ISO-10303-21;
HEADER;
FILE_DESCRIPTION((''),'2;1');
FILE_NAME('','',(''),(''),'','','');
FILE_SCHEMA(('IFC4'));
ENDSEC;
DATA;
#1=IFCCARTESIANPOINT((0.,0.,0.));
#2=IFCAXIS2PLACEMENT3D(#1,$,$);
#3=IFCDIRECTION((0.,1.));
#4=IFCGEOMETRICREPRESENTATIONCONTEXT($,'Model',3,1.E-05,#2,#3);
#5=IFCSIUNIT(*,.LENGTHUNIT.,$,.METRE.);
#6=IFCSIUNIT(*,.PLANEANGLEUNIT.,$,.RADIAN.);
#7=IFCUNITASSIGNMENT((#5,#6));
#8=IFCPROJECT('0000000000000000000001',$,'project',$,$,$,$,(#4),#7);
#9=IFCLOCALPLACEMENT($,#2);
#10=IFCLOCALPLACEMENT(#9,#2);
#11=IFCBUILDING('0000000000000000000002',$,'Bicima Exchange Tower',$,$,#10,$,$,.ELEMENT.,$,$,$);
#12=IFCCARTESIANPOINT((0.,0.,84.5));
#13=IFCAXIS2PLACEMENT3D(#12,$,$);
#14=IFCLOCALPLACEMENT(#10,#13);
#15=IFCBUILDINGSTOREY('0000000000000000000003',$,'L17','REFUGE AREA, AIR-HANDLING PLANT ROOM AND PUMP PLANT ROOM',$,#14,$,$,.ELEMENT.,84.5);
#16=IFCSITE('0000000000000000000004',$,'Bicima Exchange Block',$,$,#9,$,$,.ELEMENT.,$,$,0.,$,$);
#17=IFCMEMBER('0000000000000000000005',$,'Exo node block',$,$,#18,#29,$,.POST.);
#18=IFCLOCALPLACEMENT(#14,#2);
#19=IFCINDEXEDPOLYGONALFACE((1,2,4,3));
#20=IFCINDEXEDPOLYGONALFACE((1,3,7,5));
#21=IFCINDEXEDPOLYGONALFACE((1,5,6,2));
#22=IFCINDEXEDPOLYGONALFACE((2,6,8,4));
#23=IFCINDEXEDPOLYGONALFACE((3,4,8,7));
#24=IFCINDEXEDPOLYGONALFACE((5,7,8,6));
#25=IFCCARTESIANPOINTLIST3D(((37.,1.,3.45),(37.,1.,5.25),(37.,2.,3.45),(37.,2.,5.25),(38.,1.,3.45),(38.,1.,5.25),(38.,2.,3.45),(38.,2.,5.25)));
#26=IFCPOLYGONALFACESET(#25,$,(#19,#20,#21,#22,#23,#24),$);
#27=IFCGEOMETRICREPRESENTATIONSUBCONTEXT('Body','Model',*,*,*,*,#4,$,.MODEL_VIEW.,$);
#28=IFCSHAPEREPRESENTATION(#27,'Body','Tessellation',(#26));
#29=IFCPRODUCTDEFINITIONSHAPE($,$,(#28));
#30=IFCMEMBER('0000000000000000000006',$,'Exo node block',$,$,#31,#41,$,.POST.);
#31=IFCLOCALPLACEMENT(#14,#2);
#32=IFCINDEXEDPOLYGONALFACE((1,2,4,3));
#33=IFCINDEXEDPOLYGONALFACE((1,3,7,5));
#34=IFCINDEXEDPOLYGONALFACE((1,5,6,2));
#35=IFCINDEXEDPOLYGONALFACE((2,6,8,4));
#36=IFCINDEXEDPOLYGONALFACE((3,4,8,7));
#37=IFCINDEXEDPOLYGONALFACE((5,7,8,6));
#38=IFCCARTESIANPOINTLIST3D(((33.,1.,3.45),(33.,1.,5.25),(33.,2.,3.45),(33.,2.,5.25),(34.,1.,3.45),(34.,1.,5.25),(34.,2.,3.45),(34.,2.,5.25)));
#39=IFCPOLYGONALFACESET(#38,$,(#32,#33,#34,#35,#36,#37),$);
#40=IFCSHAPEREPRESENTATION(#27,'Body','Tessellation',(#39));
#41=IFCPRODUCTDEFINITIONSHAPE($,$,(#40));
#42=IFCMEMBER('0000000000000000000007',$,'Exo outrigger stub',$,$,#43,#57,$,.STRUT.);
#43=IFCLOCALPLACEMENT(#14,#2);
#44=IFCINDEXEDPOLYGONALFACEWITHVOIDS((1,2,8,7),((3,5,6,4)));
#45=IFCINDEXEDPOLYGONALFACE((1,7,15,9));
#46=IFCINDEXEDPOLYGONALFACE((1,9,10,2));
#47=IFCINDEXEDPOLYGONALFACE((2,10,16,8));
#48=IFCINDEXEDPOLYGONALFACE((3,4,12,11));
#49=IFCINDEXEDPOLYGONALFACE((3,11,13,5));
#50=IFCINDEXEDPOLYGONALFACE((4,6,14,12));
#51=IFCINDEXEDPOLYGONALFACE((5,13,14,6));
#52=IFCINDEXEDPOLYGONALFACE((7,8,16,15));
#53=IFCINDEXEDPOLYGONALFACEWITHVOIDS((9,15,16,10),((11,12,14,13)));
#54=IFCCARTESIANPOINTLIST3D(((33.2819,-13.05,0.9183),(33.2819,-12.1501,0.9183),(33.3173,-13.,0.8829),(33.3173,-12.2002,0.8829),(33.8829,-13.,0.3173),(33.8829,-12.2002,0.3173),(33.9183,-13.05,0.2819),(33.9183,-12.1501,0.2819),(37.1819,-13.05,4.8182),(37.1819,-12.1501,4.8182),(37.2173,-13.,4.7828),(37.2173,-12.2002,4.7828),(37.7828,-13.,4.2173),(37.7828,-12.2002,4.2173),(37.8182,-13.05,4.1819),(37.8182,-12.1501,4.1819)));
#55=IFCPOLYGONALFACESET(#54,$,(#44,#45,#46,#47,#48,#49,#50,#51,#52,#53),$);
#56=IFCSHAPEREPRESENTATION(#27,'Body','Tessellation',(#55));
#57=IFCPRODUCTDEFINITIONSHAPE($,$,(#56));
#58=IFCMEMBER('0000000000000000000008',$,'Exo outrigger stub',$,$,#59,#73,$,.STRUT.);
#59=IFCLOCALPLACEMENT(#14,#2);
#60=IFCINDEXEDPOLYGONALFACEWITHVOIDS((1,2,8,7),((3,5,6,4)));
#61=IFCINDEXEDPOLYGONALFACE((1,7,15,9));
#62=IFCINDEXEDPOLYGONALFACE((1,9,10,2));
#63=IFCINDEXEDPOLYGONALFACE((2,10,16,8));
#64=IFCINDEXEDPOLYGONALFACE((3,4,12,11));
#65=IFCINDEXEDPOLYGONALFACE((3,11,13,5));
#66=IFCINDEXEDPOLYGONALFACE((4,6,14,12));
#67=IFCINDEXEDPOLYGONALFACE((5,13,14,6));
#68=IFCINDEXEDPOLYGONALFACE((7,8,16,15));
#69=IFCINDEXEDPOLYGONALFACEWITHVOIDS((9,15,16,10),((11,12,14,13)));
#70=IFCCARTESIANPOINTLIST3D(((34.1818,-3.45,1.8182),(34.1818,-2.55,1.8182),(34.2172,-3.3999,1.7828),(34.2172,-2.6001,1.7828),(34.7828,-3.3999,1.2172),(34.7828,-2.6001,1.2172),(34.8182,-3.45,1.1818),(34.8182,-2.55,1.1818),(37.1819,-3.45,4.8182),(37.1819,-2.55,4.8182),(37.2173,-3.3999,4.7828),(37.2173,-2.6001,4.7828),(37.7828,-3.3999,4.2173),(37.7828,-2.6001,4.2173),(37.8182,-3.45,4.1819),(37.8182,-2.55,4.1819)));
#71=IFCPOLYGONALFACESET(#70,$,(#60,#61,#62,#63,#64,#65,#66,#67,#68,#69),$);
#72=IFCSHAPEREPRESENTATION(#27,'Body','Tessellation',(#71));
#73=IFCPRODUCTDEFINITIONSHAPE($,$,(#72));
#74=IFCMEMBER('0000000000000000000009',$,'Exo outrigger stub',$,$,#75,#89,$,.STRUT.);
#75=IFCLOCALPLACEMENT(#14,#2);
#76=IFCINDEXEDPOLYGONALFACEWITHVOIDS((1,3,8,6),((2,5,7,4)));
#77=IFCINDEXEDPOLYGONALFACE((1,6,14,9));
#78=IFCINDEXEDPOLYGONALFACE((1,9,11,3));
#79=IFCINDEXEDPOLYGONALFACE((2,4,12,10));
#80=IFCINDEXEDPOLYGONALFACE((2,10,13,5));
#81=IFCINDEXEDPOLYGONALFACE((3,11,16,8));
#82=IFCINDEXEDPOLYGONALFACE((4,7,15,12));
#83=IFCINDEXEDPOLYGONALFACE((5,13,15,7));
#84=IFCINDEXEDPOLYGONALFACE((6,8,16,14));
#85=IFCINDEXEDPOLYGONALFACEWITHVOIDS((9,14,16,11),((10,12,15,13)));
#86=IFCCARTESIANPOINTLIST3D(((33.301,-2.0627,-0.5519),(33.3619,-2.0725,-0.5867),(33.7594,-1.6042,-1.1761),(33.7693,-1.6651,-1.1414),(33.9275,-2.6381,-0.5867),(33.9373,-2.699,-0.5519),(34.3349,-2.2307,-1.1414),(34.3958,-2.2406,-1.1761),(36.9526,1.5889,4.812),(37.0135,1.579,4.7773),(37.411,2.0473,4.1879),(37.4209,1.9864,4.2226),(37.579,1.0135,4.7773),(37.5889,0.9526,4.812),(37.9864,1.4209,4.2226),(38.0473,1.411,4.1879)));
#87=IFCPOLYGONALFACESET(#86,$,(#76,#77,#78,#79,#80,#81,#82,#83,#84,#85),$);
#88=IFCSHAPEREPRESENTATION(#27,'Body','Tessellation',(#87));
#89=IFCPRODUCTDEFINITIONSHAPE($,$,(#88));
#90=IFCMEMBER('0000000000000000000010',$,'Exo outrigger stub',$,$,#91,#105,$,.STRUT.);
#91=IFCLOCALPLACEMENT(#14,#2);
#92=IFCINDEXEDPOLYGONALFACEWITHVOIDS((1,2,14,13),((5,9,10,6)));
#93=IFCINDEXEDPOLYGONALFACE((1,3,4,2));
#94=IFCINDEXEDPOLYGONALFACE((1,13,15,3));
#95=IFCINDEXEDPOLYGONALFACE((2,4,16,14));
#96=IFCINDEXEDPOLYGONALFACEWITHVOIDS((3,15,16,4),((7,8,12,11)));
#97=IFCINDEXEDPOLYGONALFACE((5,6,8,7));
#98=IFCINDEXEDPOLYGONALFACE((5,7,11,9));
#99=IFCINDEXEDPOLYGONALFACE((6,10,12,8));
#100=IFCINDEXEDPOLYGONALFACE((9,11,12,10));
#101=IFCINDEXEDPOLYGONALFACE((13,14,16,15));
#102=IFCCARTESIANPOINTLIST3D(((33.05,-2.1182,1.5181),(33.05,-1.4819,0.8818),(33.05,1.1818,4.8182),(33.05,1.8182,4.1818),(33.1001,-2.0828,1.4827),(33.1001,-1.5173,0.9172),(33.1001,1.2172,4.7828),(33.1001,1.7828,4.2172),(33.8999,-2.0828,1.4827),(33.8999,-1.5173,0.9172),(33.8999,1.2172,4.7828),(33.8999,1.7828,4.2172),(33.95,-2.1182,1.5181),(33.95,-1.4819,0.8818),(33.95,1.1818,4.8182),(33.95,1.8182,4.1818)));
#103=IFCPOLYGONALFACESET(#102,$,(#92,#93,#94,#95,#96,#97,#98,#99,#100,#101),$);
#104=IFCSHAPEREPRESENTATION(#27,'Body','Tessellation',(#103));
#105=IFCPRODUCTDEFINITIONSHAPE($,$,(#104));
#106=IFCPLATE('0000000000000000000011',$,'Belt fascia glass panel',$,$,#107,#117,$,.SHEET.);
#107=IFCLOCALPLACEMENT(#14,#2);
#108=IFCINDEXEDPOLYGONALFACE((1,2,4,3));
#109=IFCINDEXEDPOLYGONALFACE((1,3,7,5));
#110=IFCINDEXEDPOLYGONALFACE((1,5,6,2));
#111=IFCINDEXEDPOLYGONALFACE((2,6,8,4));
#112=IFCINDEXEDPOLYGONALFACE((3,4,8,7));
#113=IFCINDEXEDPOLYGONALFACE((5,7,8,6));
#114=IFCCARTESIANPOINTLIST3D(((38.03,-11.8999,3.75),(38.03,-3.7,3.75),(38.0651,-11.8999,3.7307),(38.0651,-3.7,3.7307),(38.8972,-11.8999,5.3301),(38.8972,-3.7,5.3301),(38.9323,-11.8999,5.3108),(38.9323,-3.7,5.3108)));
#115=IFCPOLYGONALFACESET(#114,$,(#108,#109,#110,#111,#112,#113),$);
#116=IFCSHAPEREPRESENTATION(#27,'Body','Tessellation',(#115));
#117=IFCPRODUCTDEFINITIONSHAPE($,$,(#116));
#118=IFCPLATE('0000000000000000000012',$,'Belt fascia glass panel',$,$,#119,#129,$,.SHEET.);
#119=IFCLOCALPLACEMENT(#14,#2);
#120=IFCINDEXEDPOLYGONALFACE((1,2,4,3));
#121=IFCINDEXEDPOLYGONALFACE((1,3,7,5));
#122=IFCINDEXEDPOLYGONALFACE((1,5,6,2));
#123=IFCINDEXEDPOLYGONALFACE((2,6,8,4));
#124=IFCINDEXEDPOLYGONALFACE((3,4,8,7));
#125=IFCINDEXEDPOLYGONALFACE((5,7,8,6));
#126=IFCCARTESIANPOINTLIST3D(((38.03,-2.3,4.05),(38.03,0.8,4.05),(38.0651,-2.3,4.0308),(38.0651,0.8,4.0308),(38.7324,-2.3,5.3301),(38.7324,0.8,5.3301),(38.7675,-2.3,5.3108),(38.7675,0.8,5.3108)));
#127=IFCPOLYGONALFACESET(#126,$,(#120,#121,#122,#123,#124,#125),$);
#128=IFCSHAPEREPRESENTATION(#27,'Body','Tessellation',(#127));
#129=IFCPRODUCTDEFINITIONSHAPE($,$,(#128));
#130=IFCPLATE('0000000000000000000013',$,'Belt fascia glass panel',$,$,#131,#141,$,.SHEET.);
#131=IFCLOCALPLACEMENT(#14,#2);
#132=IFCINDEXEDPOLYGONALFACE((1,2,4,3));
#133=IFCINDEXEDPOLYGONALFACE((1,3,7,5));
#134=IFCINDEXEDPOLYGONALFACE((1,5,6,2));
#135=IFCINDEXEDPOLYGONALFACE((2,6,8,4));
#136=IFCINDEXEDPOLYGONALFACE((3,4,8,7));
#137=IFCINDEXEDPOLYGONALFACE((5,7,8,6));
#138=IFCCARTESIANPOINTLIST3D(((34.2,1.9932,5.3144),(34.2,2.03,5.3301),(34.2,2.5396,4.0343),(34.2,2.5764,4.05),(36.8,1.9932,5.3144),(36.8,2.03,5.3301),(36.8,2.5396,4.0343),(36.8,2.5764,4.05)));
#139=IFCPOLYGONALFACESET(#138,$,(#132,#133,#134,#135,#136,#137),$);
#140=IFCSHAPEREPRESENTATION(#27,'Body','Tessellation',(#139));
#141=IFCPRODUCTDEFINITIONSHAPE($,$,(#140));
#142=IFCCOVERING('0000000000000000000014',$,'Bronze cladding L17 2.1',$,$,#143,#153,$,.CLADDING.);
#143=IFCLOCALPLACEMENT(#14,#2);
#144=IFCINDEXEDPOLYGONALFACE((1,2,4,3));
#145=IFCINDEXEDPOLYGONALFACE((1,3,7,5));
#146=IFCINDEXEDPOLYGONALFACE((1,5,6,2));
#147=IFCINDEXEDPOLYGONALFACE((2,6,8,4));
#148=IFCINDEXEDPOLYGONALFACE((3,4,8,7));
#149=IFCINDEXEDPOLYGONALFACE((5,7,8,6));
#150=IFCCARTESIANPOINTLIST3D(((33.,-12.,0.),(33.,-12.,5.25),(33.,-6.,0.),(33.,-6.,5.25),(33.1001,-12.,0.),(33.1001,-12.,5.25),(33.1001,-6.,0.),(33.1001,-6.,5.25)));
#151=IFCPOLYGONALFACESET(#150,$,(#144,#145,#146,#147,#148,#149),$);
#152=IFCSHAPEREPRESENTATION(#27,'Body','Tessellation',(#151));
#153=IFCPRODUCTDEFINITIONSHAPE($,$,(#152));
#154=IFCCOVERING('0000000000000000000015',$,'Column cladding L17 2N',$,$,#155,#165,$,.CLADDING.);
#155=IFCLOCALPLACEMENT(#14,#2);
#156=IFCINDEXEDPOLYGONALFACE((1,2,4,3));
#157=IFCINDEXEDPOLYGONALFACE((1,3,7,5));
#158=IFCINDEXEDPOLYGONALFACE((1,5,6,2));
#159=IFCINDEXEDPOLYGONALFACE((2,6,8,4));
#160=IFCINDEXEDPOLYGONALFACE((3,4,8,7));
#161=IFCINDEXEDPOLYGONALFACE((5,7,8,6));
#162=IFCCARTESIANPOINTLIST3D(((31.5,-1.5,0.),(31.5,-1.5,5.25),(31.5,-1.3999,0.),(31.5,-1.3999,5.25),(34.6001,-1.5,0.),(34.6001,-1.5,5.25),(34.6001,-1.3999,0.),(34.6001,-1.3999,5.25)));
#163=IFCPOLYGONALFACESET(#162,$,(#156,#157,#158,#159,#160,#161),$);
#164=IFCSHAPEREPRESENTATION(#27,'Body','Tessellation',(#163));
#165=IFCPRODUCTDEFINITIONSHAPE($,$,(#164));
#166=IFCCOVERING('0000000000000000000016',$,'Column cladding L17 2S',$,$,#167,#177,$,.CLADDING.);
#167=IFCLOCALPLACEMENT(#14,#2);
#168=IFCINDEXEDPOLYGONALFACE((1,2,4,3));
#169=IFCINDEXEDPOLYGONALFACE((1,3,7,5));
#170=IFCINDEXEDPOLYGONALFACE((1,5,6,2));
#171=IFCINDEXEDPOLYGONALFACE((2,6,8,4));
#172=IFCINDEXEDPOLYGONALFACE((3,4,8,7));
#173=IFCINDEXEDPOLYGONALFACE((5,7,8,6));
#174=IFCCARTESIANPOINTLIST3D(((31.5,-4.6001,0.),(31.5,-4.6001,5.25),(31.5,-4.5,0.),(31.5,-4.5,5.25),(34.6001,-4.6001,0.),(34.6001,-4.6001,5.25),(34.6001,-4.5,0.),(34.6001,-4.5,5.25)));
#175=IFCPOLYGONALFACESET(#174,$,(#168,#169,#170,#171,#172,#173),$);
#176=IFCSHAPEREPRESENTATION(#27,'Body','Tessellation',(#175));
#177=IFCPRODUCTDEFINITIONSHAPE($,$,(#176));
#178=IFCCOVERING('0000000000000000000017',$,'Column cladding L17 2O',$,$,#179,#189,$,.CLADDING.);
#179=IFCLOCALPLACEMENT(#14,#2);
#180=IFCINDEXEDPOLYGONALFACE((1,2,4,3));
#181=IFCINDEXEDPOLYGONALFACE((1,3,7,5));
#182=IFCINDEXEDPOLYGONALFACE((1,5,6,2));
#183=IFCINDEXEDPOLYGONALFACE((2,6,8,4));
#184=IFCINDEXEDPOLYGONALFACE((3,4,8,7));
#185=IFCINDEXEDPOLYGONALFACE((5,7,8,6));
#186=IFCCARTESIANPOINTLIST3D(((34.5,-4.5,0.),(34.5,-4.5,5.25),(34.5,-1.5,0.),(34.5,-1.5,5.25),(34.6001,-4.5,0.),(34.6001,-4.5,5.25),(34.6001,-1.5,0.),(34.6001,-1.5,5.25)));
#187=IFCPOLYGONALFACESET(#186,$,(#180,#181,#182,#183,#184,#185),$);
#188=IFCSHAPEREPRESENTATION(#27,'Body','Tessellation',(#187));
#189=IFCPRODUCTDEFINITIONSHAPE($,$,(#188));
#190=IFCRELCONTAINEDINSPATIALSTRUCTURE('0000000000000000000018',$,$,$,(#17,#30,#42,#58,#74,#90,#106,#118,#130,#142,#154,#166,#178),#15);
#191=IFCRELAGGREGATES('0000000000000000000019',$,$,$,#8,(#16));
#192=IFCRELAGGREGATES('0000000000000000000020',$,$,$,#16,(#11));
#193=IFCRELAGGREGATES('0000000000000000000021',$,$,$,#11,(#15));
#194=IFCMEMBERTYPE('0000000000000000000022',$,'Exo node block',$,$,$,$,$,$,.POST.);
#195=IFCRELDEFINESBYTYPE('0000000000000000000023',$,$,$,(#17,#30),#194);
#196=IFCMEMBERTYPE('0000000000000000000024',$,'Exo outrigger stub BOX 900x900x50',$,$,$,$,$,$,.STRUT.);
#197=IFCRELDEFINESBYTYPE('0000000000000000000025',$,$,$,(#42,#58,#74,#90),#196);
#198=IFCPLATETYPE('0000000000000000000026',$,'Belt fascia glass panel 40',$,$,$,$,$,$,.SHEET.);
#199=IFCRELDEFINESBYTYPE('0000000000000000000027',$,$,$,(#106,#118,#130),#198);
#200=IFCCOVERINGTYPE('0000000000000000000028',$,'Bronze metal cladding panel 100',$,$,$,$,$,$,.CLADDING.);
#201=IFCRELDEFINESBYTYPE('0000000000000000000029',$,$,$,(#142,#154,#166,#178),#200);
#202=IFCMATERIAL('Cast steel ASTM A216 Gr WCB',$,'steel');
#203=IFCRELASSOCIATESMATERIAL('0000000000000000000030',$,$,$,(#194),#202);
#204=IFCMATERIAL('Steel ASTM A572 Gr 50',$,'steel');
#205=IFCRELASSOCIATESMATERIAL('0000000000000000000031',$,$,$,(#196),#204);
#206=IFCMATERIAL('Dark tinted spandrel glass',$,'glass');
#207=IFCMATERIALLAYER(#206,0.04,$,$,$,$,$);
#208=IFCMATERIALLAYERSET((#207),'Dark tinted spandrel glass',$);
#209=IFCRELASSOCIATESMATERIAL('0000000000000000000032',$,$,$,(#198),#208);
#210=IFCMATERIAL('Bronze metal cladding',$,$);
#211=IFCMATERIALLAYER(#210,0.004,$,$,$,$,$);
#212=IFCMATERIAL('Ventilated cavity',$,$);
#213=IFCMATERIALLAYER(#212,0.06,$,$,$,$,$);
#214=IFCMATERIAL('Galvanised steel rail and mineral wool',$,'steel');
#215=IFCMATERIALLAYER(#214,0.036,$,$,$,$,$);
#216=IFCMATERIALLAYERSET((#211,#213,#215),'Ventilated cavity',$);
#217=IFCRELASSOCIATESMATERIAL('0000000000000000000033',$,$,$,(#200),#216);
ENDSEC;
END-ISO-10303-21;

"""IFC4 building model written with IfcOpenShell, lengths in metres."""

from ifc_helpers import new_model, si_unit, direction, frame, origin, origin_2d, place, context, subcontext, project, spatial, polyline, rectangle, hollow_rectangle, outline, extrude, material, layer, layer_set, material_profile, profile_set, type_object, element, save


model = new_model("IFC4")

# Units and contexts
model_context = context("Model", 3, precision=1e-05, world=origin(), true_north=direction((0.0, 1.0)))
body_context = subcontext(model_context, "Body", "Model", "MODEL_VIEW")
ifc_project = project(units=[si_unit("LENGTHUNIT", "METRE"), si_unit("PLANEANGLEUNIT", "RADIAN")], contexts=[model_context])

# Site, building, storey
site_placement = place(None, origin())
site = spatial("IfcSite", under=ifc_project, at=site_placement, Name="Bicima Exchange Block", CompositionType="ELEMENT", RefElevation=0.0)
building_placement = place(site_placement, origin())
building = spatial("IfcBuilding", under=site, at=building_placement, Name="Bicima Exchange Tower", CompositionType="ELEMENT")
storey_placement = place(building_placement, frame((0.0, 0.0, 84.5)))
storey = spatial("IfcBuildingStorey", under=building, at=storey_placement, Name="L17", Description="REFUGE AREA, AIR-HANDLING PLANT ROOM AND PUMP PLANT ROOM", CompositionType="ELEMENT", Elevation=84.5)

# Shared definitions
ifc_material_1 = material(Name="Steel ASTM A572 Gr 50", Category="steel")

# Members
ifc_material_2 = material(Name="Cast steel ASTM A216 Gr WCB", Category="steel")
ifc_material_profile_1 = material_profile(ifc_material_2, rectangle(XDim=1.0, YDim=1.0, at=origin_2d()))
ifc_profile_set_1 = profile_set([ifc_material_profile_1], Name="Cast steel ASTM A216 Gr WCB")
member_type_1 = type_object("IfcMemberType", Name="Exo node block", PredefinedType="POST", material=ifc_profile_set_1)
for number, where, z_axis, x_axis, name in (
    (1, (37.5, 1.5, 3.45), (0.0, 0.0, 1.0), (1.0, 0.0, 0.0), "Exo node block"),
    (2, (33.5, 1.5, 3.45), (0.0, 0.0, 1.0), (1.0, 0.0, 0.0), "Exo node block"),
):
    element("IfcMember", number, at=place(storey_placement, frame(where, z_axis=z_axis, x_axis=x_axis)), inside=storey, type_object=member_type_1, Name=name, PredefinedType="POST", context=body_context, shape_type="SweptSolid", body=[
        extrude(rectangle(XDim=1.0, YDim=1.0, at=origin_2d()), origin(), (0.0, 0.0, 1.0), 1.8),
    ])
ifc_material_profile_2 = material_profile(ifc_material_1, hollow_rectangle(XDim=0.8999, YDim=0.8999, WallThickness=0.05, at=origin_2d()))
ifc_profile_set_2 = profile_set([ifc_material_profile_2], Name="Steel ASTM A572 Gr 50")
member_type_2 = type_object("IfcMemberType", Name="Exo outrigger stub BOX 900x900x50", PredefinedType="STRUT", material=ifc_profile_set_2)
member_1_placement = place(storey_placement, frame((33.6001, -12.6001, 0.6001), z_axis=(0.707107, 0.0, 0.707107), x_axis=(0.0, 1.0, 0.0)))
element("IfcMember", 3, at=member_1_placement, inside=storey, type_object=member_type_2, Name="Exo outrigger stub", PredefinedType="STRUT", context=body_context, shape_type="SweptSolid", body=[
    extrude(hollow_rectangle(XDim=0.8999, YDim=0.8999, WallThickness=0.05, at=origin_2d()), origin(), (0.0, 0.0, 1.0), 5.5154),
])
member_2_placement = place(storey_placement, frame((34.5, -3.0, 1.5), z_axis=(0.707107, 0.0, 0.707107), x_axis=(0.0, 1.0, 0.0)))
element("IfcMember", 4, at=member_2_placement, inside=storey, type_object=member_type_2, Name="Exo outrigger stub", PredefinedType="STRUT", context=body_context, shape_type="SweptSolid", body=[
    extrude(hollow_rectangle(XDim=0.8999, YDim=0.8999, WallThickness=0.05, at=origin_2d()), origin(), (0.0, 0.0, 1.0), 4.2427),
])
member_3_placement = place(storey_placement, frame((33.8484, -2.1516, -0.864), z_axis=(0.49042, 0.49042, 0.7204), x_axis=(-0.707107, 0.707107, 0.0)))
element("IfcMember", 5, at=member_3_placement, inside=storey, type_object=member_type_2, Name="Exo outrigger stub", PredefinedType="STRUT", context=body_context, shape_type="SweptSolid", body=[
    extrude(hollow_rectangle(XDim=0.8999, YDim=0.8999, WallThickness=0.05, at=origin_2d()), origin(), (0.0, 0.0, 1.0), 7.4458),
])
member_4_placement = place(storey_placement, frame((33.5, -1.8, 1.2), z_axis=(0.0, 0.707107, 0.707107), x_axis=(-1.0, 0.0, 0.0)))
element("IfcMember", 6, at=member_4_placement, inside=storey, type_object=member_type_2, Name="Exo outrigger stub", PredefinedType="STRUT", context=body_context, shape_type="SweptSolid", body=[
    extrude(hollow_rectangle(XDim=0.8999, YDim=0.8999, WallThickness=0.05, at=origin_2d()), origin(), (0.0, 0.0, 1.0), 4.667),
])

# Plates
ifc_material_3 = material(Name="Dark tinted spandrel glass", Category="glass")
ifc_layer_1 = layer(ifc_material_3, 0.04)
ifc_layer_set_1 = layer_set([ifc_layer_1], Name="Dark tinted spandrel glass")
plate_type = type_object("IfcPlateType", Name="Belt fascia glass panel 40", PredefinedType="SHEET", material=ifc_layer_set_1)
plate_1_placement = place(storey_placement, frame((38.03, -11.8999, 3.75), z_axis=(-0.87665, 0.0, 0.481128), x_axis=(0.0, 1.0, 0.0)))
element("IfcPlate", 7, at=plate_1_placement, inside=storey, type_object=plate_type, Name="Belt fascia glass panel", PredefinedType="SHEET", context=body_context, shape_type="SweptSolid", body=[
    extrude(outline(polyline([(0.0, 0.0), (8.2, 0.0), (8.2, -1.8024), (0.0, -1.8024), (0.0, 0.0)])), origin(), (0.0, 0.0, -1.0), 0.04),
])
plate_2_placement = place(storey_placement, frame((38.03, -2.3, 4.05), z_axis=(-0.876685, 0.0, 0.481065), x_axis=(0.0, 1.0, 0.0)))
element("IfcPlate", 8, at=plate_2_placement, inside=storey, type_object=plate_type, Name="Belt fascia glass panel", PredefinedType="SHEET", context=body_context, shape_type="SweptSolid", body=[
    extrude(outline(polyline([(0.0, 0.0), (3.1001, 0.0), (3.1001, -1.4601), (0.0, -1.4601), (0.0, 0.0)])), origin(), (0.0, 0.0, -1.0), 0.04),
])
plate_3_placement = place(storey_placement, frame((36.8, 2.5764, 4.05), z_axis=(0.0, 0.919716, 0.392585), x_axis=(-1.0, 0.0, 0.0)))
element("IfcPlate", 9, at=plate_3_placement, inside=storey, type_object=plate_type, Name="Belt fascia glass panel", PredefinedType="SHEET", context=body_context, shape_type="SweptSolid", body=[
    extrude(outline(polyline([(0.0, 0.0), (2.6001, 0.0), (2.6001, 1.3918), (0.0, 1.3918), (0.0, 0.0)])), origin(), (0.0, 0.0, -1.0), 0.04),
])

# Coverings
ifc_material_4 = material(Name="Bronze metal cladding")
ifc_layer_2 = layer(ifc_material_4, 0.004)
ifc_material_5 = material(Name="Ventilated cavity")
ifc_layer_3 = layer(ifc_material_5, 0.06)
ifc_material_6 = material(Name="Galvanised steel rail and mineral wool", Category="steel")
ifc_layer_4 = layer(ifc_material_6, 0.036)
ifc_layer_set_2 = layer_set([ifc_layer_2, ifc_layer_3, ifc_layer_4], Name="Ventilated cavity")
covering_type = type_object("IfcCoveringType", Name="Bronze metal cladding panel 100", PredefinedType="CLADDING", material=ifc_layer_set_2)
covering_1_placement = place(storey_placement, frame((33.05, -9.0, 0.0), z_axis=(0.0, 0.0, 1.0), x_axis=(0.0, 1.0, 0.0)))
element("IfcCovering", 10, at=covering_1_placement, inside=storey, type_object=covering_type, Name="Bronze cladding L17 2.1", PredefinedType="CLADDING", context=body_context, shape_type="SweptSolid", body=[
    extrude(rectangle(XDim=6.0, YDim=0.1001, at=origin_2d()), origin(), (0.0, 0.0, 1.0), 5.25),
])
for number, where, z_axis, x_axis, name in (
    (11, (33.05, -1.45, 0.0), (0.0, 0.0, 1.0), (1.0, 0.0, 0.0), "Column cladding L17 2N"),
    (12, (33.05, -4.55, 0.0), (0.0, 0.0, 1.0), (1.0, 0.0, 0.0), "Column cladding L17 2S"),
):
    element("IfcCovering", number, at=place(storey_placement, frame(where, z_axis=z_axis, x_axis=x_axis)), inside=storey, type_object=covering_type, Name=name, PredefinedType="CLADDING", context=body_context, shape_type="SweptSolid", body=[
        extrude(rectangle(XDim=3.1001, YDim=0.1001, at=origin_2d()), origin(), (0.0, 0.0, 1.0), 5.25),
    ])
covering_2_placement = place(storey_placement, frame((34.55, -3.0, 0.0), z_axis=(0.0, 0.0, 1.0), x_axis=(1.0, 0.0, 0.0)))
element("IfcCovering", 13, at=covering_2_placement, inside=storey, type_object=covering_type, Name="Column cladding L17 2O", PredefinedType="CLADDING", context=body_context, shape_type="SweptSolid", body=[
    extrude(rectangle(XDim=0.1001, YDim=3.0, at=origin_2d()), origin(), (0.0, 0.0, 1.0), 5.25),
])

save(model, "model.ifc")
